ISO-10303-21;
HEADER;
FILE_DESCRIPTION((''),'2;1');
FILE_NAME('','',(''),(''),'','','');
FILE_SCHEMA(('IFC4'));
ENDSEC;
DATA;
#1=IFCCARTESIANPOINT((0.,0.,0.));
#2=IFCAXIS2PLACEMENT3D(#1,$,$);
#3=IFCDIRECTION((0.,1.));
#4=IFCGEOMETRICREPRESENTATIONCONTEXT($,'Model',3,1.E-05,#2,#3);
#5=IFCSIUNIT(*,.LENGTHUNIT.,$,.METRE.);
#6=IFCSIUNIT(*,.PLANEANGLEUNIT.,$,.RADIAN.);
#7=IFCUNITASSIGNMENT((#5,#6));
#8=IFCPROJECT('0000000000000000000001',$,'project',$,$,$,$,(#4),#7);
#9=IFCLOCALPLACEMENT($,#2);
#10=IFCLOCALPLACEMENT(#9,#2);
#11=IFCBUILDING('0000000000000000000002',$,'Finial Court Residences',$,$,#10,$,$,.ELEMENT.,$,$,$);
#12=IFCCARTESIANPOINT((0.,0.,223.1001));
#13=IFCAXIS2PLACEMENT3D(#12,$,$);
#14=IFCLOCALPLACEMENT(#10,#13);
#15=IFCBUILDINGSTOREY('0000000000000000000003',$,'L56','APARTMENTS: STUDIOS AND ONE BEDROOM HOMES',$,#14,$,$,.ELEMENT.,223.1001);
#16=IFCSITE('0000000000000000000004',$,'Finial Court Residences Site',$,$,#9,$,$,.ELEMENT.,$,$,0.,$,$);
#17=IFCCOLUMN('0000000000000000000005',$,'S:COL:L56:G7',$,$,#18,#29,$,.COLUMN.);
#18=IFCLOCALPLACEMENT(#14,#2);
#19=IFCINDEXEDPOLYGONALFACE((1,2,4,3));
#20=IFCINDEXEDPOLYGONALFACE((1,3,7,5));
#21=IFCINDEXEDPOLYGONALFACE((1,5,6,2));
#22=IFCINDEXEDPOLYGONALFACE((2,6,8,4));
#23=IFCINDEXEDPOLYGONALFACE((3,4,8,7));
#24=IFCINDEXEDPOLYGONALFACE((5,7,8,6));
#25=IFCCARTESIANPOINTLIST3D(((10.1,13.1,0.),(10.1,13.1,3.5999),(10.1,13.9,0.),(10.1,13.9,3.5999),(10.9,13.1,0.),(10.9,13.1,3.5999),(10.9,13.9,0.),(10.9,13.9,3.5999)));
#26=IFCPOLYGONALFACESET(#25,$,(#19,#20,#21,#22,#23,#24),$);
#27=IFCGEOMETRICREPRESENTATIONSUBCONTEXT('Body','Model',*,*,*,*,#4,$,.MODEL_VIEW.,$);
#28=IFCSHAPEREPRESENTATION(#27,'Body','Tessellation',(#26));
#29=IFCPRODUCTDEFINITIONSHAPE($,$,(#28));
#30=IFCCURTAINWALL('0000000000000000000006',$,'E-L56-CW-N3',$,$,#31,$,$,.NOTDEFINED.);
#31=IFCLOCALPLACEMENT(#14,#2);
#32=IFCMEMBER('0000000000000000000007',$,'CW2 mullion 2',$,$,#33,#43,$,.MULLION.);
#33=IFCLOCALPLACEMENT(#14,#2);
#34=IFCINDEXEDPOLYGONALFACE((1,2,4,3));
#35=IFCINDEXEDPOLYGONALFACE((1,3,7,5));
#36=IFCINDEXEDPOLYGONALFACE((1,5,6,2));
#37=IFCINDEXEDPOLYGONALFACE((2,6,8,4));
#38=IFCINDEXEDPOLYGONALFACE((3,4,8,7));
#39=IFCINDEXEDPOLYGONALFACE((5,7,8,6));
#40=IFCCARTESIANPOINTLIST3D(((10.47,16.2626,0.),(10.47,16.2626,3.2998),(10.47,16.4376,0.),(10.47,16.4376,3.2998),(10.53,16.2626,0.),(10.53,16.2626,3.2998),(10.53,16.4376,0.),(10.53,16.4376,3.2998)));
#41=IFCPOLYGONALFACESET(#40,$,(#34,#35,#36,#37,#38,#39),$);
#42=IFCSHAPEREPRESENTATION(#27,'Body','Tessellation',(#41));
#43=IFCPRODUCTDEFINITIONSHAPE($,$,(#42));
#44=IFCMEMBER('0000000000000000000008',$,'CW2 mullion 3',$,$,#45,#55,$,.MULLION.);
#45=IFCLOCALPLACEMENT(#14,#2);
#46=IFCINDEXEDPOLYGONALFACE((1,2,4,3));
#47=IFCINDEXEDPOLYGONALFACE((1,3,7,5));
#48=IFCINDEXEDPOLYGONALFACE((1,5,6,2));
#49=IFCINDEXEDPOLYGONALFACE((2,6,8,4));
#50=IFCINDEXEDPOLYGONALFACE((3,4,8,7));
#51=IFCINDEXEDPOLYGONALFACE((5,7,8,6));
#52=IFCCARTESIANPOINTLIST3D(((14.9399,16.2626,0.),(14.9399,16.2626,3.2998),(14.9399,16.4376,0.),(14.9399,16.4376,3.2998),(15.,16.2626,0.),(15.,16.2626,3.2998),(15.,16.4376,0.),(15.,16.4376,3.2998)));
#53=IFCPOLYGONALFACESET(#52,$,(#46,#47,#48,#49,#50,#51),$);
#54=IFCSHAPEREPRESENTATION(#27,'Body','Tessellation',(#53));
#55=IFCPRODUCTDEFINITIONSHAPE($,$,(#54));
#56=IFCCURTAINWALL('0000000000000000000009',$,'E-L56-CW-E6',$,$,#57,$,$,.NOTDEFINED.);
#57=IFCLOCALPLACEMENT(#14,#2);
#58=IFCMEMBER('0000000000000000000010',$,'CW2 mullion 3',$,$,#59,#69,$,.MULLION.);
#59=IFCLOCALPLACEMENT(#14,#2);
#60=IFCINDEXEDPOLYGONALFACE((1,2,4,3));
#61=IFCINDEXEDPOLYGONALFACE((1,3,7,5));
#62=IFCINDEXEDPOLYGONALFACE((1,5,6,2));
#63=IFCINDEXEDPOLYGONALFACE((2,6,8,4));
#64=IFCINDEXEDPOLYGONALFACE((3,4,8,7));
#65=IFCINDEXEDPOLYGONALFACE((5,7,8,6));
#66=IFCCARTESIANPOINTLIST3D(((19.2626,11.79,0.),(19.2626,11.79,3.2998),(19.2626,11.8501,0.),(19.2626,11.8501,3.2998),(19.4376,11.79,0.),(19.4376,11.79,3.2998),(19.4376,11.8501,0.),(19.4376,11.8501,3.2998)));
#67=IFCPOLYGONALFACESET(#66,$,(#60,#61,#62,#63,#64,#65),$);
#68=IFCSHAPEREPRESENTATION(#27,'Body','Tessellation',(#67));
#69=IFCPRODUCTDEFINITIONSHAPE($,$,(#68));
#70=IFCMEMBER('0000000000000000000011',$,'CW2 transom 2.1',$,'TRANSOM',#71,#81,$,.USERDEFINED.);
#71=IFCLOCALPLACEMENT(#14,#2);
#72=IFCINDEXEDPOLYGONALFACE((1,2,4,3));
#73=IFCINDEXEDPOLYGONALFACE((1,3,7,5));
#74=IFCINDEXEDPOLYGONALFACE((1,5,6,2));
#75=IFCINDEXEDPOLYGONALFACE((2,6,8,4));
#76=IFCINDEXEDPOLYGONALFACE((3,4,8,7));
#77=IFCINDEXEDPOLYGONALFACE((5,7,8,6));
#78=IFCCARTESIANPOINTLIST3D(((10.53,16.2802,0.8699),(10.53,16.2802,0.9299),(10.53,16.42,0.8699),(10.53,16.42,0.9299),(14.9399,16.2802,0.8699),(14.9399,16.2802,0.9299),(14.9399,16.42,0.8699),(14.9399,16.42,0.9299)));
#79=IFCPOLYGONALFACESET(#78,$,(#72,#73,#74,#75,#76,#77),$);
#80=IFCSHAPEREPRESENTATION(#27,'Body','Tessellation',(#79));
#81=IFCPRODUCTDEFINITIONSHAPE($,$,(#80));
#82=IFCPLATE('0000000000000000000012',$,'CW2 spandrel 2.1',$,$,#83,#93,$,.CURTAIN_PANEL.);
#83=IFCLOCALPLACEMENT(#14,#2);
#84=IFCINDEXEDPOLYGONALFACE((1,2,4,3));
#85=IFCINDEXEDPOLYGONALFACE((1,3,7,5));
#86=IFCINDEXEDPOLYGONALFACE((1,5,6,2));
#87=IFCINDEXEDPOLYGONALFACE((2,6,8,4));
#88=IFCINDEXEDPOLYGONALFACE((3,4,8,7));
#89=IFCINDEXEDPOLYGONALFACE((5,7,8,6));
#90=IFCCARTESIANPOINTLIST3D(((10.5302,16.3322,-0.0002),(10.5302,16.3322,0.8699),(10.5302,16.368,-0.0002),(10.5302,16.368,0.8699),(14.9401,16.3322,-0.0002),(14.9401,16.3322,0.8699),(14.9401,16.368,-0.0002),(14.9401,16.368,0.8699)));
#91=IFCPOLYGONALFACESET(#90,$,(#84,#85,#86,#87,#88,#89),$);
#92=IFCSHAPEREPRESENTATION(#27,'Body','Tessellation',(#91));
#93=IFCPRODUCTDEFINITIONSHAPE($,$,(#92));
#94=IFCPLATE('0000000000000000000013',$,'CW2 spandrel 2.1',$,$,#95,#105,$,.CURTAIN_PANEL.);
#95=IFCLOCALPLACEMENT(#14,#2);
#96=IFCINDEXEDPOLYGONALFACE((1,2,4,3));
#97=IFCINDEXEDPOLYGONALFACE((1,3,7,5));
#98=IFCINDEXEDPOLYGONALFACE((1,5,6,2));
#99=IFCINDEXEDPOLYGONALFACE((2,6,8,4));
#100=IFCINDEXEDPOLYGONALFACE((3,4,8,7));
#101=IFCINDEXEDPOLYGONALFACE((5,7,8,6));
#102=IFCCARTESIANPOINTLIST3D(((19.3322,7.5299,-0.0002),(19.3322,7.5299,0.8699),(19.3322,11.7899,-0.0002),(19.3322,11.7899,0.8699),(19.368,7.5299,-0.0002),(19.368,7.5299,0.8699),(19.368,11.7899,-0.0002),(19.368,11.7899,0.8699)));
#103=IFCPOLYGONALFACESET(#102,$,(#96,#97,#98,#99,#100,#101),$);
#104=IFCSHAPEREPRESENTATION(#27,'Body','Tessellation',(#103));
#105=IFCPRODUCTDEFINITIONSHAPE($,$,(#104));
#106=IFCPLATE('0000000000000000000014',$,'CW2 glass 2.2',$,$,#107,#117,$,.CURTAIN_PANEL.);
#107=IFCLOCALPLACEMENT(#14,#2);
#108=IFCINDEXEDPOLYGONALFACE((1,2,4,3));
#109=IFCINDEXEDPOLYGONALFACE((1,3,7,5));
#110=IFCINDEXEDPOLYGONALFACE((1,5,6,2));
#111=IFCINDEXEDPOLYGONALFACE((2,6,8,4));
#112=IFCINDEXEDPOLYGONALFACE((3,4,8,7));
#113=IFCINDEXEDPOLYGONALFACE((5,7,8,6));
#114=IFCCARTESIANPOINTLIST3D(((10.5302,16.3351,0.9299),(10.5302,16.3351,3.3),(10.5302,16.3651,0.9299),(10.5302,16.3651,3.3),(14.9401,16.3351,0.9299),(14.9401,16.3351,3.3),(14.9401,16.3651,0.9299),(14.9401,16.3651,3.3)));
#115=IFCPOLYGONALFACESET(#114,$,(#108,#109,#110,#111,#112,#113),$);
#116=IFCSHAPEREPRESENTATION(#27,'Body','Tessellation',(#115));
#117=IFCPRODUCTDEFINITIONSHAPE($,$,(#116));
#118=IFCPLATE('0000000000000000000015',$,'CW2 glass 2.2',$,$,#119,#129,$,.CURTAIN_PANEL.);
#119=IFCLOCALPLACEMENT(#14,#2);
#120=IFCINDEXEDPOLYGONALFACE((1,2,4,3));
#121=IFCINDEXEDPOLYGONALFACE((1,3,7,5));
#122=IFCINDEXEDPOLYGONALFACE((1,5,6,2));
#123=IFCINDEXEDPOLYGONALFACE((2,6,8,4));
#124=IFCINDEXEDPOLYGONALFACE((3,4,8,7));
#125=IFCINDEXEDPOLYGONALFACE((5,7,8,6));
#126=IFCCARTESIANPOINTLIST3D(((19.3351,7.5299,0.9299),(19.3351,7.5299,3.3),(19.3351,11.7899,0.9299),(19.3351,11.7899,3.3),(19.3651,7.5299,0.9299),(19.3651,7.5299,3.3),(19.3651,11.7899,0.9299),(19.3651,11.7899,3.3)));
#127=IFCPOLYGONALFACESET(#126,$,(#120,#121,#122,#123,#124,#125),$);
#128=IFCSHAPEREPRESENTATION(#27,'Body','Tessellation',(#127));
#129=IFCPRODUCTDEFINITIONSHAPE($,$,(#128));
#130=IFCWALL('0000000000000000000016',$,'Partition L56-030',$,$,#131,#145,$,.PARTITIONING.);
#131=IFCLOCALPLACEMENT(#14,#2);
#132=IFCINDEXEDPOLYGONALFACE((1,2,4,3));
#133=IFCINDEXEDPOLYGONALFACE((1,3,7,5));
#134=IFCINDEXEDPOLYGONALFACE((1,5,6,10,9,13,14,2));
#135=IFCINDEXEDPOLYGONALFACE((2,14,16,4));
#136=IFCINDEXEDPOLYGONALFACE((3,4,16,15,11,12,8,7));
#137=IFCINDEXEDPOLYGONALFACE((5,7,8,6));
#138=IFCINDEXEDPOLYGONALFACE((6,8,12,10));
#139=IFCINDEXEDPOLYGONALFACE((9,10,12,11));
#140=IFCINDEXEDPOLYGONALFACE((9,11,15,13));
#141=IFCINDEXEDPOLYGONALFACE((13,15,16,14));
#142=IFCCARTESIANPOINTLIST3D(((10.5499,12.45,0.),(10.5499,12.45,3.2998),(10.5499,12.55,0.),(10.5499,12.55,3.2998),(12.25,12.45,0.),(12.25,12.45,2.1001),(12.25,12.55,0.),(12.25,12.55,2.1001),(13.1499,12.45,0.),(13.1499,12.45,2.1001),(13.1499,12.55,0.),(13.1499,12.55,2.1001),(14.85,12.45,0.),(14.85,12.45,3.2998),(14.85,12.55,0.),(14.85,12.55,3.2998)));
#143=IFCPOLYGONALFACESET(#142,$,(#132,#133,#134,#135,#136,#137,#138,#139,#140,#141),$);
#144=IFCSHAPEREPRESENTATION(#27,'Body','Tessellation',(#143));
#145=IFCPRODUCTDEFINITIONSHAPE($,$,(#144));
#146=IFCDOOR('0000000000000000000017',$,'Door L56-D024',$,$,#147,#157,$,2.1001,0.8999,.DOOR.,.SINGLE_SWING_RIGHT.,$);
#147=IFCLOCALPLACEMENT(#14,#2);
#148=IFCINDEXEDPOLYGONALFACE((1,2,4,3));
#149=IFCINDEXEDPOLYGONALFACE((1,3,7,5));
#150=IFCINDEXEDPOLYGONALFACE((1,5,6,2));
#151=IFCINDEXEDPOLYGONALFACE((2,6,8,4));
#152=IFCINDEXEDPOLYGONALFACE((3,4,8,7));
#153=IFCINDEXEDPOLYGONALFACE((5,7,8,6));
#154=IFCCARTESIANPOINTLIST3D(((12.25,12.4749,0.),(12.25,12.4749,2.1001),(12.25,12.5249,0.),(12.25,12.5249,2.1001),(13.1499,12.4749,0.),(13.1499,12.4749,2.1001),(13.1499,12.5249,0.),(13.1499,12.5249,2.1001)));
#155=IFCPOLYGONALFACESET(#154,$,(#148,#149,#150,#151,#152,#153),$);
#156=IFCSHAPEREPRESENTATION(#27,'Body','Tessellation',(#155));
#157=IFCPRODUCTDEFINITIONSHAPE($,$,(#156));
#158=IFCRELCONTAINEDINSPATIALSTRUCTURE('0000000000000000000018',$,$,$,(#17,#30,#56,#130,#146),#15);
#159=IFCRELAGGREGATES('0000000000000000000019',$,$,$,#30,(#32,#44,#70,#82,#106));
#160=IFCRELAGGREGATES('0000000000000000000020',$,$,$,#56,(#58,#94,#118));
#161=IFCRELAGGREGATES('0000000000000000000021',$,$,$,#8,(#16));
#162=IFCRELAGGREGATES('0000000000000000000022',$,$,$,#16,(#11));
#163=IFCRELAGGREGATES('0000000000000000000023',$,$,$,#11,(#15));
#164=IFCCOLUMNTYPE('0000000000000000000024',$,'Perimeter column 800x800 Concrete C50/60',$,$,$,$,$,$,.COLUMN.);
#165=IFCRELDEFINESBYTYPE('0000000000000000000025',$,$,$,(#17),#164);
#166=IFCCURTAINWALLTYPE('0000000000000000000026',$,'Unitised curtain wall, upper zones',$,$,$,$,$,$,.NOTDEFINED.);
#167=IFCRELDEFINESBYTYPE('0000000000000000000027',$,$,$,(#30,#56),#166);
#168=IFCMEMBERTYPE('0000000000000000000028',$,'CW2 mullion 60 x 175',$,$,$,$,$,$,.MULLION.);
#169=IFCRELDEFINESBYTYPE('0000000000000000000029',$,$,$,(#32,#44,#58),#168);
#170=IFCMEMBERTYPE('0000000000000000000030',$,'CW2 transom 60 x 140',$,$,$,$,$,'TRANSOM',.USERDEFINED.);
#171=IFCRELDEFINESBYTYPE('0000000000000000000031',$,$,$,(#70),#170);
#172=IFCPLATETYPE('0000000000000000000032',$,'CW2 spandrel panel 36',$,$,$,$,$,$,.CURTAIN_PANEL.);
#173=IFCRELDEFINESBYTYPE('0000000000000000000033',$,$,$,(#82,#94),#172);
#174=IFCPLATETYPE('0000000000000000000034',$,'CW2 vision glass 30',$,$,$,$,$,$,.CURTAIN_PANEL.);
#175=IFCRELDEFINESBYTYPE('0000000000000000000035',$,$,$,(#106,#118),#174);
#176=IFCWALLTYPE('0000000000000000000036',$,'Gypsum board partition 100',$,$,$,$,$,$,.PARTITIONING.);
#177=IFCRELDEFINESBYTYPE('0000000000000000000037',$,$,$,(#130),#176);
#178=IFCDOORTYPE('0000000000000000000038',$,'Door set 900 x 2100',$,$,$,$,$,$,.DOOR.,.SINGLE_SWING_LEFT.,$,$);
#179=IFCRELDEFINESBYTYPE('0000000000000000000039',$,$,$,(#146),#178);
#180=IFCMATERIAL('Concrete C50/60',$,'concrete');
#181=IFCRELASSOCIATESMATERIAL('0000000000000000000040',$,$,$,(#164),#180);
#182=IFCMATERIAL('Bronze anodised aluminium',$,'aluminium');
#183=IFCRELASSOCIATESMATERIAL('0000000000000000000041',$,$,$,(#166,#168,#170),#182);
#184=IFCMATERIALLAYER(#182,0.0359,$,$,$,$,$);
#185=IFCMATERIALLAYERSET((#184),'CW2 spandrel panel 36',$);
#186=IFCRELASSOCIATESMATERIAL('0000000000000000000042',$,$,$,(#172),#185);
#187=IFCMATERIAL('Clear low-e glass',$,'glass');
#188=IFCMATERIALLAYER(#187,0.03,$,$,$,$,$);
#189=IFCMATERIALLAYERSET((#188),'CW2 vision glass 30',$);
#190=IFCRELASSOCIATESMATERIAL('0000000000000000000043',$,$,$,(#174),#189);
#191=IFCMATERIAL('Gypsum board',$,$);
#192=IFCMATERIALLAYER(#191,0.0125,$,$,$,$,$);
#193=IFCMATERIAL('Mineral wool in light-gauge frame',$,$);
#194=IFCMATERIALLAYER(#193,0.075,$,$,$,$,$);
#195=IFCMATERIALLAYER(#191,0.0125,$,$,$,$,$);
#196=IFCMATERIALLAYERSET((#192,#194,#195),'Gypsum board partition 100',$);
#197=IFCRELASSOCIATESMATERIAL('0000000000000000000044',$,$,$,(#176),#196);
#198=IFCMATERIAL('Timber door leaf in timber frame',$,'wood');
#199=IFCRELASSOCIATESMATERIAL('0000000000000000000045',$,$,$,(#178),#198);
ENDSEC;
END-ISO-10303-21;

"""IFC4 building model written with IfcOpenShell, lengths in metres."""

from ifc_helpers import new_model, si_unit, direction, frame, frame_2d, origin, origin_2d, place, context, subcontext, project, spatial, rectangle, extrude, material, layer, layer_set, material_profile, profile_set, type_object, element, fill, aggregate, save


model = new_model("IFC4")

# Units and contexts
model_context = context("Model", 3, precision=1e-05, world=origin(), true_north=direction((0.0, 1.0)))
body_context = subcontext(model_context, "Body", "Model", "MODEL_VIEW")
ifc_project = project(units=[si_unit("LENGTHUNIT", "METRE"), si_unit("PLANEANGLEUNIT", "RADIAN")], contexts=[model_context])

# Site, building, storey
site_placement = place(None, origin())
site = spatial("IfcSite", under=ifc_project, at=site_placement, Name="Finial Court Residences Site", CompositionType="ELEMENT", RefElevation=0.0)
building_placement = place(site_placement, origin())
building = spatial("IfcBuilding", under=site, at=building_placement, Name="Finial Court Residences", CompositionType="ELEMENT")
storey_placement = place(building_placement, frame((0.0, 0.0, 223.1001)))
storey = spatial("IfcBuildingStorey", under=building, at=storey_placement, Name="L56", Description="APARTMENTS: STUDIOS AND ONE BEDROOM HOMES", CompositionType="ELEMENT", Elevation=223.1001)

# Column
ifc_material_1 = material(Name="Concrete C50/60", Category="concrete")
ifc_material_profile_1 = material_profile(ifc_material_1, rectangle(XDim=0.8, YDim=0.8, at=origin_2d()), Name="800x800")
ifc_profile_set_1 = profile_set([ifc_material_profile_1], Name="Concrete C50/60")
column_type = type_object("IfcColumnType", Name="Perimeter column 800x800 Concrete C50/60", PredefinedType="COLUMN", material=ifc_profile_set_1)
column_placement = place(storey_placement, frame((10.5, 13.5, 0.0), z_axis=(0.0, 0.0, 1.0), x_axis=(1.0, 0.0, 0.0)))
element("IfcColumn", 1, at=column_placement, inside=storey, type_object=column_type, Name="S:COL:L56:G7", PredefinedType="COLUMN", context=body_context, shape_type="SweptSolid", body=[
    extrude(rectangle(XDim=0.8, YDim=0.8, at=origin_2d()), origin(), (0.0, 0.0, 1.0), 3.5999),
])

# Curtain wall, members
ifc_material_2 = material(Name="Bronze anodised aluminium", Category="aluminium")
curtain_wall_type = type_object("IfcCurtainWallType", Name="Unitised curtain wall, upper zones", PredefinedType="NOTDEFINED", material=ifc_material_2)
curtain_wall_1_placement = place(storey_placement, origin())
curtain_wall_1 = element("IfcCurtainWall", 2, at=curtain_wall_1_placement, inside=storey, type_object=curtain_wall_type, Name="E-L56-CW-N3", PredefinedType="NOTDEFINED")
ifc_material_profile_2 = material_profile(ifc_material_2, rectangle(XDim=0.175, YDim=0.0601, at=origin_2d()), Name="CW2 mullion 60 x 175")
ifc_profile_set_2 = profile_set([ifc_material_profile_2], Name="Bronze anodised aluminium")
member_type_1 = type_object("IfcMemberType", Name="CW2 mullion 60 x 175", PredefinedType="MULLION", material=ifc_profile_set_2)
member_1_placement = place(storey_placement, frame((10.5, 16.3501, 0.0), z_axis=(0.0, 0.0, 1.0), x_axis=(0.0, 1.0, 0.0)))
member_1 = element("IfcMember", 3, at=member_1_placement, type_object=member_type_1, Name="CW2 mullion 2", PredefinedType="MULLION", context=body_context, shape_type="SweptSolid", body=[
    extrude(rectangle(XDim=0.175, YDim=0.0601, at=origin_2d()), origin(), (0.0, 0.0, 1.0), 3.2998),
])
member_2_placement = place(storey_placement, frame((14.97, 16.3501, 0.0), z_axis=(0.0, 0.0, 1.0), x_axis=(0.0, 1.0, 0.0)))
member_2 = element("IfcMember", 4, at=member_2_placement, type_object=member_type_1, Name="CW2 mullion 3", PredefinedType="MULLION", context=body_context, shape_type="SweptSolid", body=[
    extrude(rectangle(XDim=0.175, YDim=0.0601, at=origin_2d()), origin(), (0.0, 0.0, 1.0), 3.2998),
])

# Curtain wall, member
curtain_wall_2_placement = place(storey_placement, origin())
curtain_wall_2 = element("IfcCurtainWall", 5, at=curtain_wall_2_placement, inside=storey, type_object=curtain_wall_type, Name="E-L56-CW-E6", PredefinedType="NOTDEFINED")
member_3_placement = place(storey_placement, frame((19.3501, 11.8201, 0.0), z_axis=(0.0, 0.0, 1.0), x_axis=(-1.0, 0.0, 0.0)))
member_3 = element("IfcMember", 6, at=member_3_placement, type_object=member_type_1, Name="CW2 mullion 3", PredefinedType="MULLION", context=body_context, shape_type="SweptSolid", body=[
    extrude(rectangle(XDim=0.175, YDim=0.0601, at=origin_2d()), origin(), (0.0, 0.0, 1.0), 3.2998),
])

# Member
ifc_material_profile_3 = material_profile(ifc_material_2, rectangle(XDim=0.1399, YDim=0.0601, at=origin_2d()), Name="CW2 transom 60 x 140")
ifc_profile_set_3 = profile_set([ifc_material_profile_3], Name="Bronze anodised aluminium")
member_type_2 = type_object("IfcMemberType", Name="CW2 transom 60 x 140", ElementType="TRANSOM", PredefinedType="USERDEFINED", material=ifc_profile_set_3)
member_4_placement = place(storey_placement, frame((10.53, 16.3501, 0.8999), z_axis=(1.0, 0.0, 0.0), x_axis=(0.0, 1.0, 0.0)))
member_4 = element("IfcMember", 7, at=member_4_placement, type_object=member_type_2, Name="CW2 transom 2.1", ObjectType="TRANSOM", PredefinedType="USERDEFINED", context=body_context, shape_type="SweptSolid", body=[
    extrude(rectangle(XDim=0.1399, YDim=0.0601, at=origin_2d()), origin(), (0.0, 0.0, 1.0), 4.4099),
])

# Plates
ifc_layer_1 = layer(ifc_material_2, 0.0359)
ifc_layer_set_1 = layer_set([ifc_layer_1], Name="CW2 spandrel panel 36")
plate_type_1 = type_object("IfcPlateType", Name="CW2 spandrel panel 36", PredefinedType="CURTAIN_PANEL", material=ifc_layer_set_1)
plate_1_placement = place(storey_placement, frame((12.7351, 16.3501, -0.0002), z_axis=(0.0, 0.0, 1.0), x_axis=(1.0, 0.0, 0.0)))
plate_1 = element("IfcPlate", 8, at=plate_1_placement, type_object=plate_type_1, Name="CW2 spandrel 2.1", PredefinedType="CURTAIN_PANEL", context=body_context, shape_type="SweptSolid", body=[
    extrude(rectangle(XDim=4.4099, YDim=0.0359, at=origin_2d()), origin(), (0.0, 0.0, 1.0), 0.8701),
])
plate_2_placement = place(storey_placement, frame((19.3501, 9.6599, -0.0002), z_axis=(0.0, 0.0, 1.0), x_axis=(0.0, 1.0, 0.0)))
plate_2 = element("IfcPlate", 9, at=plate_2_placement, type_object=plate_type_1, Name="CW2 spandrel 2.1", PredefinedType="CURTAIN_PANEL", context=body_context, shape_type="SweptSolid", body=[
    extrude(rectangle(XDim=4.26, YDim=0.0359, at=origin_2d()), origin(), (0.0, 0.0, 1.0), 0.8701),
])
ifc_material_3 = material(Name="Clear low-e glass", Category="glass")
ifc_layer_2 = layer(ifc_material_3, 0.03)
ifc_layer_set_2 = layer_set([ifc_layer_2], Name="CW2 vision glass 30")
plate_type_2 = type_object("IfcPlateType", Name="CW2 vision glass 30", PredefinedType="CURTAIN_PANEL", material=ifc_layer_set_2)
plate_3_placement = place(storey_placement, frame((12.7351, 16.3501, 0.9299), z_axis=(0.0, 0.0, 1.0), x_axis=(1.0, 0.0, 0.0)))
plate_3 = element("IfcPlate", 10, at=plate_3_placement, type_object=plate_type_2, Name="CW2 glass 2.2", PredefinedType="CURTAIN_PANEL", context=body_context, shape_type="SweptSolid", body=[
    extrude(rectangle(XDim=4.4099, YDim=0.03, at=origin_2d()), origin(), (0.0, 0.0, 1.0), 2.3701),
])
aggregate(curtain_wall_1, [member_1, member_2, member_4, plate_1, plate_3])
plate_4_placement = place(storey_placement, frame((19.3501, 9.6599, 0.9299), z_axis=(0.0, 0.0, 1.0), x_axis=(0.0, 1.0, 0.0)))
plate_4 = element("IfcPlate", 11, at=plate_4_placement, type_object=plate_type_2, Name="CW2 glass 2.2", PredefinedType="CURTAIN_PANEL", context=body_context, shape_type="SweptSolid", body=[
    extrude(rectangle(XDim=4.26, YDim=0.03, at=origin_2d()), origin(), (0.0, 0.0, 1.0), 2.3701),
])
aggregate(curtain_wall_2, [member_3, plate_2, plate_4])

# Wall, opening, door
ifc_material_4 = material(Name="Gypsum board")
ifc_layer_3 = layer(ifc_material_4, 0.0125)
ifc_material_5 = material(Name="Mineral wool in light-gauge frame")
ifc_layer_4 = layer(ifc_material_5, 0.075)
ifc_layer_5 = layer(ifc_material_4, 0.0125)
ifc_layer_set_3 = layer_set([ifc_layer_3, ifc_layer_4, ifc_layer_5], Name="Gypsum board partition 100")
wall_type_1 = type_object("IfcWallType", Name="Gypsum board partition 100", PredefinedType="PARTITIONING", material=ifc_layer_set_3)
wall_1_placement = place(storey_placement, frame((10.55, 12.5, 0.0), z_axis=(0.0, 0.0, 1.0), x_axis=(1.0, 0.0, 0.0)))
wall_1 = element("IfcWall", 12, at=wall_1_placement, inside=storey, type_object=wall_type_1, Name="Partition L56-030", PredefinedType="PARTITIONING", context=body_context, shape_type="SweptSolid", body=[
    extrude(rectangle(XDim=4.3, YDim=0.1001, at=frame_2d((2.1499, 0.0))), origin(), (0.0, 0.0, 1.0), 3.2998),
])
opening_1_placement = place(wall_1_placement, frame((1.7, 0.0, 0.0)))
opening_1 = element("IfcOpeningElement", 13, at=opening_1_placement, cuts=wall_1, PredefinedType="OPENING", context=body_context, shape_type="SweptSolid", body=[
    extrude(rectangle(XDim=0.8999, YDim=2.1001, at=frame_2d((0.45, 1.05))), frame((0.0, 0.0601, 0.0), z_axis=(0.0, -1.0, 0.0), x_axis=(1.0, 0.0, 0.0)), (0.0, 0.0, 1.0), 0.1201),
])
ifc_material_6 = material(Name="Timber door leaf in timber frame", Category="wood")
door_type = type_object("IfcDoorType", Name="Door set 900 x 2100", OperationType="SINGLE_SWING_LEFT", PredefinedType="DOOR", material=ifc_material_6)
door_placement = place(opening_1_placement, origin())
door = element("IfcDoor", 14, at=door_placement, inside=storey, type_object=door_type, Name="Door L56-D024", OperationType="SINGLE_SWING_RIGHT", OverallHeight=2.1001, OverallWidth=0.8999, PredefinedType="DOOR", context=body_context, shape_type="SweptSolid", body=[
    extrude(rectangle(XDim=0.8999, YDim=2.1001, at=frame_2d((0.45, 1.05))), frame((0.0, 0.0249, 0.0), z_axis=(0.0, -1.0, 0.0), x_axis=(1.0, 0.0, 0.0)), (0.0, 0.0, 1.0), 0.05),
])
fill(opening_1, door)

save(model, "model.ifc")
